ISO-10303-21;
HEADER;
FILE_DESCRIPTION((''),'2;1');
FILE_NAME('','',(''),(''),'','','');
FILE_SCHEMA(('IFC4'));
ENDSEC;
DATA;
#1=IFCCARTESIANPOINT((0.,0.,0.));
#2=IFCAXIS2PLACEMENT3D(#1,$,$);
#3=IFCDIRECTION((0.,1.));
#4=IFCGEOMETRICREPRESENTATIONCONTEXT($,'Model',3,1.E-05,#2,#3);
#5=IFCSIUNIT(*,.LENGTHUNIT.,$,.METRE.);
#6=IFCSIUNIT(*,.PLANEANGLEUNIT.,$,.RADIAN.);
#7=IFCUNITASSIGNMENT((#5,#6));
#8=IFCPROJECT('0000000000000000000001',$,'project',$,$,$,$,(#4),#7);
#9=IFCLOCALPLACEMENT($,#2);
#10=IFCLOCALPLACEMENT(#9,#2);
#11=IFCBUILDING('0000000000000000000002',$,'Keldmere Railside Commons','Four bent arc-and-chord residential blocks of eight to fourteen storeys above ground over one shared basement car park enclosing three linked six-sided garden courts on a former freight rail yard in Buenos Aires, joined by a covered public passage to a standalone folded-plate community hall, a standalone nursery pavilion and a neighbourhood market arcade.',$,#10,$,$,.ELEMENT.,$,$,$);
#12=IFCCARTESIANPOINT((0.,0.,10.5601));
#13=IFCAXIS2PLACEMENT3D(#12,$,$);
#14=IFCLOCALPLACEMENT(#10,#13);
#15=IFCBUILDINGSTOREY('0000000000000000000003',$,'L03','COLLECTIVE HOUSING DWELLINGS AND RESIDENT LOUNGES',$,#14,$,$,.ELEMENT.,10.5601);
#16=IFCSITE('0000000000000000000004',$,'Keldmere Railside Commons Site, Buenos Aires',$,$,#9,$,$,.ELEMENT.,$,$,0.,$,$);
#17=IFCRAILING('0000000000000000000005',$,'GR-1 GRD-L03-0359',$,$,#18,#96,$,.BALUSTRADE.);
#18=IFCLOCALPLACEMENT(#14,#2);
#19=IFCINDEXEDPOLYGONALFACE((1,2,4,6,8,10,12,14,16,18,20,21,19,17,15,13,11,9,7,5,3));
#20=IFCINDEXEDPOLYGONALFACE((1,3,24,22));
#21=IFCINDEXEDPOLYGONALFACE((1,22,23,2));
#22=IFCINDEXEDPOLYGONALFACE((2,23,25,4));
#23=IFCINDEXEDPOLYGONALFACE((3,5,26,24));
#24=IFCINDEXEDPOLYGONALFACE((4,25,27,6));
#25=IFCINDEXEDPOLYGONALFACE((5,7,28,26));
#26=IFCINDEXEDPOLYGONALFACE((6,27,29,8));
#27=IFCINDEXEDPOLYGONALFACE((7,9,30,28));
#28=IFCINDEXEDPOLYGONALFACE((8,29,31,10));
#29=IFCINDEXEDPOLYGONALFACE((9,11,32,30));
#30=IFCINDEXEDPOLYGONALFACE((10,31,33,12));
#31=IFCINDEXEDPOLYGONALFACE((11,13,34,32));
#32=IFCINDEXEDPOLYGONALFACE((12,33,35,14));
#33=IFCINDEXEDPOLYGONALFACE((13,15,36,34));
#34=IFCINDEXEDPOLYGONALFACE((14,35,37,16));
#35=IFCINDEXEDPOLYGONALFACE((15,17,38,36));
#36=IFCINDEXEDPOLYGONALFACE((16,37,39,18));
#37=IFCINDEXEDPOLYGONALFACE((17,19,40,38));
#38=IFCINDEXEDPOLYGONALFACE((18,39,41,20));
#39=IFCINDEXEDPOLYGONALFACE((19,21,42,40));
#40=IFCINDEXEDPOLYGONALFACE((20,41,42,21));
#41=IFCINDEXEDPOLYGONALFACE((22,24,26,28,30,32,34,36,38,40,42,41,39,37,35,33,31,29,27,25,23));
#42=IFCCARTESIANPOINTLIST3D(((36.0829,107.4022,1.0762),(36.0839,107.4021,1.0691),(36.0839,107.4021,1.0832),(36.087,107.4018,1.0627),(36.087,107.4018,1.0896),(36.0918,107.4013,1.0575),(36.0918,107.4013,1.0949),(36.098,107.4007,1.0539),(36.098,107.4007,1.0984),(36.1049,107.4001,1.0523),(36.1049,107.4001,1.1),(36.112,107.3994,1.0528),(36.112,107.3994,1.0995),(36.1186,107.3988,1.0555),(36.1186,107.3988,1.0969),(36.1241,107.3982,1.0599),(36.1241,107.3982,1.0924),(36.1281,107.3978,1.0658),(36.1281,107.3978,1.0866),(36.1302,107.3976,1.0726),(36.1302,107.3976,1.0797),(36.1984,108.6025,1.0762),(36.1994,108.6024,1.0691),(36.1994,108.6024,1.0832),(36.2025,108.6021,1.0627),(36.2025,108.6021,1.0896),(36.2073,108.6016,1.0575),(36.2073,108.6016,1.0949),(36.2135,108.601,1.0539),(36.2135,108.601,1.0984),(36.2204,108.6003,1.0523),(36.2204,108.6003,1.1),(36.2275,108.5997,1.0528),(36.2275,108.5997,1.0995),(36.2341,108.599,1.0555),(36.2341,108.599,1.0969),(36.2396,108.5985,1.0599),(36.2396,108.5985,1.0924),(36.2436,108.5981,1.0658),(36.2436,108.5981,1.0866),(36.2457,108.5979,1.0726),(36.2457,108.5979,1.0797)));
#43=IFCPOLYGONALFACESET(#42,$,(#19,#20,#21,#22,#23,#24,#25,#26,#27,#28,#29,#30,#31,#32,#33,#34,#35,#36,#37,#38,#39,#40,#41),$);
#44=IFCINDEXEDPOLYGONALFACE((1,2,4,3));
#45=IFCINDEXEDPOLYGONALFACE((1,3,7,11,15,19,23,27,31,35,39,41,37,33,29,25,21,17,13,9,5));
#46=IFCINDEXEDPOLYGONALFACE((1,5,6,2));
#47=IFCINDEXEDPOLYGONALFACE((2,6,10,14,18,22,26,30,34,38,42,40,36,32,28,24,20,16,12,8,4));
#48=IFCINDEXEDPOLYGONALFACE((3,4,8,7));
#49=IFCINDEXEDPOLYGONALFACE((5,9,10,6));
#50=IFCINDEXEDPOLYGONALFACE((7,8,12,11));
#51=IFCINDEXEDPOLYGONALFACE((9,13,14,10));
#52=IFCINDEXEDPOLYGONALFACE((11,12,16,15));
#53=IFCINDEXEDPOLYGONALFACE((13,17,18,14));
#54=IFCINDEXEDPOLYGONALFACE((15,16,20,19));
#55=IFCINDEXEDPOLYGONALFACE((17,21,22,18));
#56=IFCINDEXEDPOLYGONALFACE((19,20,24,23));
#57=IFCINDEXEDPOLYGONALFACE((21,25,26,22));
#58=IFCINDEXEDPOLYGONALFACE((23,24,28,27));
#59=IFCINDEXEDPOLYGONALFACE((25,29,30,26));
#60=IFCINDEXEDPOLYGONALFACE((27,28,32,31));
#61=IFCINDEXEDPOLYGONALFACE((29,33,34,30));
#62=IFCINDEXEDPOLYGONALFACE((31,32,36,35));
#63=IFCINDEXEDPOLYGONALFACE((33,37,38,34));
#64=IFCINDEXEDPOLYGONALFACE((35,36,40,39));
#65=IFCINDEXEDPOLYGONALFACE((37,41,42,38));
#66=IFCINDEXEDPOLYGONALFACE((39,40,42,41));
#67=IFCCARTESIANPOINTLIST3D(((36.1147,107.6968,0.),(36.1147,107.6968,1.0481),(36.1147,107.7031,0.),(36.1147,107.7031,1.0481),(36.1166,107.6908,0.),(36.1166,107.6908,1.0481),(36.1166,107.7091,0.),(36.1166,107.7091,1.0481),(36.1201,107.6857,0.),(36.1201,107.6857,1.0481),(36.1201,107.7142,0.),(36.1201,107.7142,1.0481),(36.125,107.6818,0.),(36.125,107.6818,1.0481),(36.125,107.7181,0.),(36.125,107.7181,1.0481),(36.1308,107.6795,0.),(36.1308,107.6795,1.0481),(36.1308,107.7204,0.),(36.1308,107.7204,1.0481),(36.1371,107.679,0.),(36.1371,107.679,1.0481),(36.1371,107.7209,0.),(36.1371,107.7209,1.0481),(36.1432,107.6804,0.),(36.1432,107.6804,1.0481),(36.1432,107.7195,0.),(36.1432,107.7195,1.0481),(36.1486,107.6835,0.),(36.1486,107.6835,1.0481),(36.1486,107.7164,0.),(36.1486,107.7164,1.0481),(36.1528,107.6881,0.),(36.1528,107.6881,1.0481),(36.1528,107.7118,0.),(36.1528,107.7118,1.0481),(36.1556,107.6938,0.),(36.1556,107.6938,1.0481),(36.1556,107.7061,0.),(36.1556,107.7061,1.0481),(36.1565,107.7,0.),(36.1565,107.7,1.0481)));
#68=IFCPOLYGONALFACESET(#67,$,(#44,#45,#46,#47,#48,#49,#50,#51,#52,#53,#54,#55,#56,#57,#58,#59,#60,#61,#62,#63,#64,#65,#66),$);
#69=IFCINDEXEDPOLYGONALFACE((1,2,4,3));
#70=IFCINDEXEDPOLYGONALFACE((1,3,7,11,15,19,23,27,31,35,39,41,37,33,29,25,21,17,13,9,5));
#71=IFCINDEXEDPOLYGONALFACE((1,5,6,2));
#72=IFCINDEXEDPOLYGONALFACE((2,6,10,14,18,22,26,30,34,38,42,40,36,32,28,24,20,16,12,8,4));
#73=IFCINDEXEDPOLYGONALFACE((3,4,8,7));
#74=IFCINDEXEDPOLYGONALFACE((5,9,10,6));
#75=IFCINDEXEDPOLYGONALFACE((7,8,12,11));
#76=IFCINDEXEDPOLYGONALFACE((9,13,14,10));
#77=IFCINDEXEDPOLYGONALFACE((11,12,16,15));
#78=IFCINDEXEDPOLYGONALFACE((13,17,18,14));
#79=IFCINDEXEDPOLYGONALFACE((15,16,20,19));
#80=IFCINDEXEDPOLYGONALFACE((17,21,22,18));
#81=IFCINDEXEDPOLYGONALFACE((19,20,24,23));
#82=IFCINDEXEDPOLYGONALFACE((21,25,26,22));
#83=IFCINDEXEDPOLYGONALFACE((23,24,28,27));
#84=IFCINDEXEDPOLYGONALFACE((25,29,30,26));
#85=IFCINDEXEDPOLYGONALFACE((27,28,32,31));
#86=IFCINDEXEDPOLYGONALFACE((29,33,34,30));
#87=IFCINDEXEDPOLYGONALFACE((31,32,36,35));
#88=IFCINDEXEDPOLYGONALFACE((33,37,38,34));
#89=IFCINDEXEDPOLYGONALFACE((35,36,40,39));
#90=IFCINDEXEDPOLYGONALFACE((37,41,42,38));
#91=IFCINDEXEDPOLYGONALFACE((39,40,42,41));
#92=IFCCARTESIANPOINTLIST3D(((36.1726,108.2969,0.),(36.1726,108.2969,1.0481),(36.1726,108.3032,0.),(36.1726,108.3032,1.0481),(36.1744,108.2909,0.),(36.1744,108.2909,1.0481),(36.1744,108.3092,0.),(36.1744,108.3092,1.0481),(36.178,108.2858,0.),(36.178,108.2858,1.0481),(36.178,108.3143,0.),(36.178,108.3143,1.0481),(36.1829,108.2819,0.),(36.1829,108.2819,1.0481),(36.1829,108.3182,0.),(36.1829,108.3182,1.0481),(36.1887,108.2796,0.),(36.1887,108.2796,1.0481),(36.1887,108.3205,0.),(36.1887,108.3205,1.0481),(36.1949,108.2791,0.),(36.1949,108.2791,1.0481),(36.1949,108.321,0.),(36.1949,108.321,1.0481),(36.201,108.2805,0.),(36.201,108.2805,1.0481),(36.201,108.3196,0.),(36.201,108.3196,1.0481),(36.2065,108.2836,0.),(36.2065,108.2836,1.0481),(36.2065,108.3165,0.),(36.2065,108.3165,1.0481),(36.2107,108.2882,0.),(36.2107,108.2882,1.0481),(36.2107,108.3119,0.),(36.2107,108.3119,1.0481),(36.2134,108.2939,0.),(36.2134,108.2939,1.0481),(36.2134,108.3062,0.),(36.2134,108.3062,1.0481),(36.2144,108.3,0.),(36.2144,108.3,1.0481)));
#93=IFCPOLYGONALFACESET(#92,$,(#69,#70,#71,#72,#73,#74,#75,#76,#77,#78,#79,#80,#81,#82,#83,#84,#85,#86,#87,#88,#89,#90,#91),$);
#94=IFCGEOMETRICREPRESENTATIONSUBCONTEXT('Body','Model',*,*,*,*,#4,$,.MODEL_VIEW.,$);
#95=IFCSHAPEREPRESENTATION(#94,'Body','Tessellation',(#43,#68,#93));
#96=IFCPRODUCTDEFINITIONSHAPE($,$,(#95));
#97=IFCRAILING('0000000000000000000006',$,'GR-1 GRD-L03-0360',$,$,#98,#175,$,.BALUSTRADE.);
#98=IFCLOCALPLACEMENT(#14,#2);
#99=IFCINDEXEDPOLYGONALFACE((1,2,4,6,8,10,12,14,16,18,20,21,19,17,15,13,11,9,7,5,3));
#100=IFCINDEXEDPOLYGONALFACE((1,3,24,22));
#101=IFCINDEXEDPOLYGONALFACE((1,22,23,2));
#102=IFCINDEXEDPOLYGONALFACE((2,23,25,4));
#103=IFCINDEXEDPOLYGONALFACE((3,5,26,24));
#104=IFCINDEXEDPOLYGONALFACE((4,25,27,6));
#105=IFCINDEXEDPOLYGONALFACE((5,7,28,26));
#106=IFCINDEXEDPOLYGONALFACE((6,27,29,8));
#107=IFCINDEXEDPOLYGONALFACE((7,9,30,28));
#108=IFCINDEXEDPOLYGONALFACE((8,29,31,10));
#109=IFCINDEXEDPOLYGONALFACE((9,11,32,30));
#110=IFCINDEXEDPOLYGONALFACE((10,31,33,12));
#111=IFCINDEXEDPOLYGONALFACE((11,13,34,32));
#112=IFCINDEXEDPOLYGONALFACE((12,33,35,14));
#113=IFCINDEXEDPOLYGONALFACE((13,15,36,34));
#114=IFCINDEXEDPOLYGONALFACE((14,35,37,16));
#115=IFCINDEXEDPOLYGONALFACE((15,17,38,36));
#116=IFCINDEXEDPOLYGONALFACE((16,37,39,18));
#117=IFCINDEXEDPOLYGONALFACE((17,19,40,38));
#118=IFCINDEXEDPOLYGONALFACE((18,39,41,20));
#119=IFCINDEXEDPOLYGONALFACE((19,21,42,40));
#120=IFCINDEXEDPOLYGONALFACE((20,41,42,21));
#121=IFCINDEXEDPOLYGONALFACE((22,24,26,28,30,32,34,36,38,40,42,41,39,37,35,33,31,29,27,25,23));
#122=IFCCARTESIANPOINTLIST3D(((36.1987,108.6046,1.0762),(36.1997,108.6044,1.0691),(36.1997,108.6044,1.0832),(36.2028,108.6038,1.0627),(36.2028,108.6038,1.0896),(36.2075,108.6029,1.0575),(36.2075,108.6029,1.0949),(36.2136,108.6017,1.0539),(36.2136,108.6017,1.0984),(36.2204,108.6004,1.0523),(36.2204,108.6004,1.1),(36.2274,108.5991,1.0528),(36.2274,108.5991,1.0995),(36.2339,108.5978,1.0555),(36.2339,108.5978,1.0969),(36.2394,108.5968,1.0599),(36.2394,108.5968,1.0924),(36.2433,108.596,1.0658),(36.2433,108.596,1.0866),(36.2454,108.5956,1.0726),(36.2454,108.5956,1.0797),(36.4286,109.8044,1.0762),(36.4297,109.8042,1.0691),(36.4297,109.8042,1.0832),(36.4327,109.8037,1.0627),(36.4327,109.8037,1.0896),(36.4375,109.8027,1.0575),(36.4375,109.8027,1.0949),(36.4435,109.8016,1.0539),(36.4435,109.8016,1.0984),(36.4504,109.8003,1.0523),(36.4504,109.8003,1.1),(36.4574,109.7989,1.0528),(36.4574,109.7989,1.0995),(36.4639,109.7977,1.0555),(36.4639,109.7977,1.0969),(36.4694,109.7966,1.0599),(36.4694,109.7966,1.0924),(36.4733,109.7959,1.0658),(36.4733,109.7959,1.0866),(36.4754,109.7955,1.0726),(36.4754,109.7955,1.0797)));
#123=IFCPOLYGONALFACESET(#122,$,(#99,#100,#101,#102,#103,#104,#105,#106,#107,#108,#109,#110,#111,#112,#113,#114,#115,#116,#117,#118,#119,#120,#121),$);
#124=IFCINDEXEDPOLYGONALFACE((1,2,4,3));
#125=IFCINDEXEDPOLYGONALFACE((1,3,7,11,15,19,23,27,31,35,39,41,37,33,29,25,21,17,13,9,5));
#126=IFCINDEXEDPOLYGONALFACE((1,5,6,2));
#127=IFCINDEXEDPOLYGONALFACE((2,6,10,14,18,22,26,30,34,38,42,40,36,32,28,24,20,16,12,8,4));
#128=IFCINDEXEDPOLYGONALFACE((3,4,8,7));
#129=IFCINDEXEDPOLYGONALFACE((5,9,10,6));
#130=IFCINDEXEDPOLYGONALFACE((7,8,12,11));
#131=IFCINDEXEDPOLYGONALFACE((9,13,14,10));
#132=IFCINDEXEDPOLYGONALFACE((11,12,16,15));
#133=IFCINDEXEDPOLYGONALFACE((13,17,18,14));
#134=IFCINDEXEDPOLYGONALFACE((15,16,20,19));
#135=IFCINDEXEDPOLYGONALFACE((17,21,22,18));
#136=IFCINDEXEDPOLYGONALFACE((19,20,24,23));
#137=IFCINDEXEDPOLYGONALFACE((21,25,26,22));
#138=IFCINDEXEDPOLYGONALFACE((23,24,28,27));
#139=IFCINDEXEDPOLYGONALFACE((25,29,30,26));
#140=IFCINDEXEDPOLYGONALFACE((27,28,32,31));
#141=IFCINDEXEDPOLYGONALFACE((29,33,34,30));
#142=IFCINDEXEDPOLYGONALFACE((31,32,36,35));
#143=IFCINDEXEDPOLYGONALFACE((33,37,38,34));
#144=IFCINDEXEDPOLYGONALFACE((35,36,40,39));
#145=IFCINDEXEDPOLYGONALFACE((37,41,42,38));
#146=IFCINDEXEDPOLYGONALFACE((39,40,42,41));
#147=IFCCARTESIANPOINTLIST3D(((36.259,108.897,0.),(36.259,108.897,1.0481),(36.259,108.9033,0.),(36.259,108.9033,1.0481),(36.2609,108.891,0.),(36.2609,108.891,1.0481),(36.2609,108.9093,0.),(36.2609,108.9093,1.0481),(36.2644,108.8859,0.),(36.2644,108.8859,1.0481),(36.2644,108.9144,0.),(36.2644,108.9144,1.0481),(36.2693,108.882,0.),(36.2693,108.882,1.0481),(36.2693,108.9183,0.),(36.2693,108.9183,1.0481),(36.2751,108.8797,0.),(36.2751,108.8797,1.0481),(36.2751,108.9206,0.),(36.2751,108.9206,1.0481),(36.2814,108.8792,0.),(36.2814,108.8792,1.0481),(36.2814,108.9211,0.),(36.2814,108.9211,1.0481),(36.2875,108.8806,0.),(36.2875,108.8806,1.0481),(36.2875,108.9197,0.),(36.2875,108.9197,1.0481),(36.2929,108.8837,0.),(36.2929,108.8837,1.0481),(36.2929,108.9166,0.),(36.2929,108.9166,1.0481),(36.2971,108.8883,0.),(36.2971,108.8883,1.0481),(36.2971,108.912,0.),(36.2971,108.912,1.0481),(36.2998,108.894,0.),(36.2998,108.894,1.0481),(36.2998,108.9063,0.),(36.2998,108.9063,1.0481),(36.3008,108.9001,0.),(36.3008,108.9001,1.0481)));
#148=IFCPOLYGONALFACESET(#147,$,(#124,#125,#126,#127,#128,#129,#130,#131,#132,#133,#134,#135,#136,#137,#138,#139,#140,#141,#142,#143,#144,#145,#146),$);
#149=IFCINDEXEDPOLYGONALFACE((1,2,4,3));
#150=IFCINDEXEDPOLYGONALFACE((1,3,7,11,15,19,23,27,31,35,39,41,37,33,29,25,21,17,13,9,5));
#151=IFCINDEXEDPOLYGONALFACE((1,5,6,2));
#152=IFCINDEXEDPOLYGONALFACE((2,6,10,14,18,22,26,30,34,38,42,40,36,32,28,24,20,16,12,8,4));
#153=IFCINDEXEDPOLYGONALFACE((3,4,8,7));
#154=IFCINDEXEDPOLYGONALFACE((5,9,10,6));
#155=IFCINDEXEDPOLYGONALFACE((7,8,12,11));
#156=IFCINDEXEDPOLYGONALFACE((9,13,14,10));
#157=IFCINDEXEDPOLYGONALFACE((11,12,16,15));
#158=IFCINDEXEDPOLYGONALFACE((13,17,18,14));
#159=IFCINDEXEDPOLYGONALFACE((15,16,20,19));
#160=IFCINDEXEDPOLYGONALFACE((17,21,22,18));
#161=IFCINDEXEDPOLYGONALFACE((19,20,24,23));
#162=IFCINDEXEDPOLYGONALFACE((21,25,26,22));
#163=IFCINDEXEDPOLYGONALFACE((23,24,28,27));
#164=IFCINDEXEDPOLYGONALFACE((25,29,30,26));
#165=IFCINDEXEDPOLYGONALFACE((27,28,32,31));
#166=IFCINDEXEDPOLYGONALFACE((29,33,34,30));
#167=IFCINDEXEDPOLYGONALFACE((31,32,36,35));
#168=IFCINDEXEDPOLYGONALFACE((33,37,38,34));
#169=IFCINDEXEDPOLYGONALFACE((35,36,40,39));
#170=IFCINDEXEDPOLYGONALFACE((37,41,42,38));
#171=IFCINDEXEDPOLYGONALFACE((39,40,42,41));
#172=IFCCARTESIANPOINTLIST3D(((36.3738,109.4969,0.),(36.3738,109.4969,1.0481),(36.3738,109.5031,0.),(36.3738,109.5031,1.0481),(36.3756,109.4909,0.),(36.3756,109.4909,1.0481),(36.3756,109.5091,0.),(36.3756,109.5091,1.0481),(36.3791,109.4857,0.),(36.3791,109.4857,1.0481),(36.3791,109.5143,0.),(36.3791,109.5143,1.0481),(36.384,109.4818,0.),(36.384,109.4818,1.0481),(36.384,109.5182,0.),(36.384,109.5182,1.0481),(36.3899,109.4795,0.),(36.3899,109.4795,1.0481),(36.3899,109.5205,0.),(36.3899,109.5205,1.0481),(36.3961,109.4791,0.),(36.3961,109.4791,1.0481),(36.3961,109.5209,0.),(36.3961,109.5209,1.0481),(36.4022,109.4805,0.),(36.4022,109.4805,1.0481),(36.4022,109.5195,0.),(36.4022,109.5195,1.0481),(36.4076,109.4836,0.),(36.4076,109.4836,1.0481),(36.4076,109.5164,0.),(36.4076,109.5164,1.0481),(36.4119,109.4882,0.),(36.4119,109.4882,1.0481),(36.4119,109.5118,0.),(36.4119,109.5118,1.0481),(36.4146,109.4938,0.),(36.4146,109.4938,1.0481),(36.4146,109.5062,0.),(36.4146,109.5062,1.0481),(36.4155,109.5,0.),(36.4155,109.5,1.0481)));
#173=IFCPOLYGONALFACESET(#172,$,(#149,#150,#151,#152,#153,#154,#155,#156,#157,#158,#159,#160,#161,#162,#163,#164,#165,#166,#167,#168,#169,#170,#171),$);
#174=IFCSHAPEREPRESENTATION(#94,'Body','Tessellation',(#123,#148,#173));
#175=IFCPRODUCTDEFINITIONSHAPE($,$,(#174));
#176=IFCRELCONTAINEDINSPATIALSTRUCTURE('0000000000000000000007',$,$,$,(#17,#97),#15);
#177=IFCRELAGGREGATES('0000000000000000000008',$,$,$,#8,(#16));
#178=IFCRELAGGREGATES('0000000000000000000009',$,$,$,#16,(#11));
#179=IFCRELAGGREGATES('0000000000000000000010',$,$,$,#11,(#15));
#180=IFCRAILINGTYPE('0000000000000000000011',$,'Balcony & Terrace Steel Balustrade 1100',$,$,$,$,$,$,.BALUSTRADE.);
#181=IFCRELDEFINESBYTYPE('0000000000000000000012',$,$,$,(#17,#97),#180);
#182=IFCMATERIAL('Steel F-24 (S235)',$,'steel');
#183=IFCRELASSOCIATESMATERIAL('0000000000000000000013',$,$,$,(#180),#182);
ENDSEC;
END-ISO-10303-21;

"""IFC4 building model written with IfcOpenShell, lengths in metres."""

from ifc_helpers import new_model, si_unit, direction, frame, origin, origin_2d, place, context, subcontext, project, spatial, circle, extrude, material, type_object, element, save


model = new_model("IFC4")

# Units and contexts
model_context = context("Model", 3, precision=1e-05, world=origin(), true_north=direction((0.0, 1.0)))
body_context = subcontext(model_context, "Body", "Model", "MODEL_VIEW")
ifc_project = project(units=[si_unit("LENGTHUNIT", "METRE"), si_unit("PLANEANGLEUNIT", "RADIAN")], contexts=[model_context])

# Site, building, storey
site_placement = place(None, origin())
site = spatial("IfcSite", under=ifc_project, at=site_placement, Name="Keldmere Railside Commons Site, Buenos Aires", CompositionType="ELEMENT", RefElevation=0.0)
building_placement = place(site_placement, origin())
building = spatial("IfcBuilding", under=site, at=building_placement, Name="Keldmere Railside Commons", Description="Four bent arc-and-chord residential blocks of eight to fourteen storeys above ground over one shared basement car park enclosing three linked six-sided garden courts on a former freight rail yard in Buenos Aires, joined by a covered public passage to a standalone folded-plate community hall, a standalone nursery pavilion and a neighbourhood market arcade.", CompositionType="ELEMENT")
storey_placement = place(building_placement, frame((0.0, 0.0, 10.5601)))
storey = spatial("IfcBuildingStorey", under=building, at=storey_placement, Name="L03", Description="COLLECTIVE HOUSING DWELLINGS AND RESIDENT LOUNGES", CompositionType="ELEMENT", Elevation=10.5601)

# Shared definitions
ifc_material_1 = material(Name="Steel F-24 (S235)", Category="steel")

# Railings
railing_type_1 = type_object("IfcRailingType", Name="Balcony & Terrace Steel Balustrade 1100", PredefinedType="BALUSTRADE", material=ifc_material_1)
railing_1_placement = place(storey_placement, frame((36.1067, 107.3999, 0.0)))
element("IfcRailing", 1, at=railing_1_placement, inside=storey, type_object=railing_type_1, Name="GR-1 GRD-L03-0359", PredefinedType="BALUSTRADE", context=body_context, shape_type="SweptSolid", body=[
    extrude(circle(Radius=0.0239, at=origin_2d()), frame((0.0, 0.0, 1.0762), z_axis=(0.095774, 0.995403, 0.0), x_axis=(-0.995403, 0.095774, 0.0)), (0.0, 0.0, 1.0), 1.2058),
    extrude(circle(Radius=0.021, at=origin_2d()), frame((0.0288, 0.3, 0.0)), (0.0, 0.0, 1.0), 1.0481),
    extrude(circle(Radius=0.021, at=origin_2d()), frame((0.0867, 0.9001, 0.0)), (0.0, 0.0, 1.0), 1.0481),
])
railing_2_placement = place(storey_placement, frame((36.2222, 108.6001, 0.0)))
element("IfcRailing", 2, at=railing_2_placement, inside=storey, type_object=railing_type_1, Name="GR-1 GRD-L03-0360", PredefinedType="BALUSTRADE", context=body_context, shape_type="SweptSolid", body=[
    extrude(circle(Radius=0.0239, at=origin_2d()), frame((0.0, 0.0, 1.0762), z_axis=(0.188232, 0.982125, 0.0), x_axis=(-0.982125, 0.188232, 0.0)), (0.0, 0.0, 1.0), 1.2217),
    extrude(circle(Radius=0.021, at=origin_2d()), frame((0.0576, 0.3, 0.0)), (0.0, 0.0, 1.0), 1.0481),
    extrude(circle(Radius=0.021, at=origin_2d()), frame((0.1724, 0.8999, 0.0)), (0.0, 0.0, 1.0), 1.0481),
])

save(model, "model.ifc")
